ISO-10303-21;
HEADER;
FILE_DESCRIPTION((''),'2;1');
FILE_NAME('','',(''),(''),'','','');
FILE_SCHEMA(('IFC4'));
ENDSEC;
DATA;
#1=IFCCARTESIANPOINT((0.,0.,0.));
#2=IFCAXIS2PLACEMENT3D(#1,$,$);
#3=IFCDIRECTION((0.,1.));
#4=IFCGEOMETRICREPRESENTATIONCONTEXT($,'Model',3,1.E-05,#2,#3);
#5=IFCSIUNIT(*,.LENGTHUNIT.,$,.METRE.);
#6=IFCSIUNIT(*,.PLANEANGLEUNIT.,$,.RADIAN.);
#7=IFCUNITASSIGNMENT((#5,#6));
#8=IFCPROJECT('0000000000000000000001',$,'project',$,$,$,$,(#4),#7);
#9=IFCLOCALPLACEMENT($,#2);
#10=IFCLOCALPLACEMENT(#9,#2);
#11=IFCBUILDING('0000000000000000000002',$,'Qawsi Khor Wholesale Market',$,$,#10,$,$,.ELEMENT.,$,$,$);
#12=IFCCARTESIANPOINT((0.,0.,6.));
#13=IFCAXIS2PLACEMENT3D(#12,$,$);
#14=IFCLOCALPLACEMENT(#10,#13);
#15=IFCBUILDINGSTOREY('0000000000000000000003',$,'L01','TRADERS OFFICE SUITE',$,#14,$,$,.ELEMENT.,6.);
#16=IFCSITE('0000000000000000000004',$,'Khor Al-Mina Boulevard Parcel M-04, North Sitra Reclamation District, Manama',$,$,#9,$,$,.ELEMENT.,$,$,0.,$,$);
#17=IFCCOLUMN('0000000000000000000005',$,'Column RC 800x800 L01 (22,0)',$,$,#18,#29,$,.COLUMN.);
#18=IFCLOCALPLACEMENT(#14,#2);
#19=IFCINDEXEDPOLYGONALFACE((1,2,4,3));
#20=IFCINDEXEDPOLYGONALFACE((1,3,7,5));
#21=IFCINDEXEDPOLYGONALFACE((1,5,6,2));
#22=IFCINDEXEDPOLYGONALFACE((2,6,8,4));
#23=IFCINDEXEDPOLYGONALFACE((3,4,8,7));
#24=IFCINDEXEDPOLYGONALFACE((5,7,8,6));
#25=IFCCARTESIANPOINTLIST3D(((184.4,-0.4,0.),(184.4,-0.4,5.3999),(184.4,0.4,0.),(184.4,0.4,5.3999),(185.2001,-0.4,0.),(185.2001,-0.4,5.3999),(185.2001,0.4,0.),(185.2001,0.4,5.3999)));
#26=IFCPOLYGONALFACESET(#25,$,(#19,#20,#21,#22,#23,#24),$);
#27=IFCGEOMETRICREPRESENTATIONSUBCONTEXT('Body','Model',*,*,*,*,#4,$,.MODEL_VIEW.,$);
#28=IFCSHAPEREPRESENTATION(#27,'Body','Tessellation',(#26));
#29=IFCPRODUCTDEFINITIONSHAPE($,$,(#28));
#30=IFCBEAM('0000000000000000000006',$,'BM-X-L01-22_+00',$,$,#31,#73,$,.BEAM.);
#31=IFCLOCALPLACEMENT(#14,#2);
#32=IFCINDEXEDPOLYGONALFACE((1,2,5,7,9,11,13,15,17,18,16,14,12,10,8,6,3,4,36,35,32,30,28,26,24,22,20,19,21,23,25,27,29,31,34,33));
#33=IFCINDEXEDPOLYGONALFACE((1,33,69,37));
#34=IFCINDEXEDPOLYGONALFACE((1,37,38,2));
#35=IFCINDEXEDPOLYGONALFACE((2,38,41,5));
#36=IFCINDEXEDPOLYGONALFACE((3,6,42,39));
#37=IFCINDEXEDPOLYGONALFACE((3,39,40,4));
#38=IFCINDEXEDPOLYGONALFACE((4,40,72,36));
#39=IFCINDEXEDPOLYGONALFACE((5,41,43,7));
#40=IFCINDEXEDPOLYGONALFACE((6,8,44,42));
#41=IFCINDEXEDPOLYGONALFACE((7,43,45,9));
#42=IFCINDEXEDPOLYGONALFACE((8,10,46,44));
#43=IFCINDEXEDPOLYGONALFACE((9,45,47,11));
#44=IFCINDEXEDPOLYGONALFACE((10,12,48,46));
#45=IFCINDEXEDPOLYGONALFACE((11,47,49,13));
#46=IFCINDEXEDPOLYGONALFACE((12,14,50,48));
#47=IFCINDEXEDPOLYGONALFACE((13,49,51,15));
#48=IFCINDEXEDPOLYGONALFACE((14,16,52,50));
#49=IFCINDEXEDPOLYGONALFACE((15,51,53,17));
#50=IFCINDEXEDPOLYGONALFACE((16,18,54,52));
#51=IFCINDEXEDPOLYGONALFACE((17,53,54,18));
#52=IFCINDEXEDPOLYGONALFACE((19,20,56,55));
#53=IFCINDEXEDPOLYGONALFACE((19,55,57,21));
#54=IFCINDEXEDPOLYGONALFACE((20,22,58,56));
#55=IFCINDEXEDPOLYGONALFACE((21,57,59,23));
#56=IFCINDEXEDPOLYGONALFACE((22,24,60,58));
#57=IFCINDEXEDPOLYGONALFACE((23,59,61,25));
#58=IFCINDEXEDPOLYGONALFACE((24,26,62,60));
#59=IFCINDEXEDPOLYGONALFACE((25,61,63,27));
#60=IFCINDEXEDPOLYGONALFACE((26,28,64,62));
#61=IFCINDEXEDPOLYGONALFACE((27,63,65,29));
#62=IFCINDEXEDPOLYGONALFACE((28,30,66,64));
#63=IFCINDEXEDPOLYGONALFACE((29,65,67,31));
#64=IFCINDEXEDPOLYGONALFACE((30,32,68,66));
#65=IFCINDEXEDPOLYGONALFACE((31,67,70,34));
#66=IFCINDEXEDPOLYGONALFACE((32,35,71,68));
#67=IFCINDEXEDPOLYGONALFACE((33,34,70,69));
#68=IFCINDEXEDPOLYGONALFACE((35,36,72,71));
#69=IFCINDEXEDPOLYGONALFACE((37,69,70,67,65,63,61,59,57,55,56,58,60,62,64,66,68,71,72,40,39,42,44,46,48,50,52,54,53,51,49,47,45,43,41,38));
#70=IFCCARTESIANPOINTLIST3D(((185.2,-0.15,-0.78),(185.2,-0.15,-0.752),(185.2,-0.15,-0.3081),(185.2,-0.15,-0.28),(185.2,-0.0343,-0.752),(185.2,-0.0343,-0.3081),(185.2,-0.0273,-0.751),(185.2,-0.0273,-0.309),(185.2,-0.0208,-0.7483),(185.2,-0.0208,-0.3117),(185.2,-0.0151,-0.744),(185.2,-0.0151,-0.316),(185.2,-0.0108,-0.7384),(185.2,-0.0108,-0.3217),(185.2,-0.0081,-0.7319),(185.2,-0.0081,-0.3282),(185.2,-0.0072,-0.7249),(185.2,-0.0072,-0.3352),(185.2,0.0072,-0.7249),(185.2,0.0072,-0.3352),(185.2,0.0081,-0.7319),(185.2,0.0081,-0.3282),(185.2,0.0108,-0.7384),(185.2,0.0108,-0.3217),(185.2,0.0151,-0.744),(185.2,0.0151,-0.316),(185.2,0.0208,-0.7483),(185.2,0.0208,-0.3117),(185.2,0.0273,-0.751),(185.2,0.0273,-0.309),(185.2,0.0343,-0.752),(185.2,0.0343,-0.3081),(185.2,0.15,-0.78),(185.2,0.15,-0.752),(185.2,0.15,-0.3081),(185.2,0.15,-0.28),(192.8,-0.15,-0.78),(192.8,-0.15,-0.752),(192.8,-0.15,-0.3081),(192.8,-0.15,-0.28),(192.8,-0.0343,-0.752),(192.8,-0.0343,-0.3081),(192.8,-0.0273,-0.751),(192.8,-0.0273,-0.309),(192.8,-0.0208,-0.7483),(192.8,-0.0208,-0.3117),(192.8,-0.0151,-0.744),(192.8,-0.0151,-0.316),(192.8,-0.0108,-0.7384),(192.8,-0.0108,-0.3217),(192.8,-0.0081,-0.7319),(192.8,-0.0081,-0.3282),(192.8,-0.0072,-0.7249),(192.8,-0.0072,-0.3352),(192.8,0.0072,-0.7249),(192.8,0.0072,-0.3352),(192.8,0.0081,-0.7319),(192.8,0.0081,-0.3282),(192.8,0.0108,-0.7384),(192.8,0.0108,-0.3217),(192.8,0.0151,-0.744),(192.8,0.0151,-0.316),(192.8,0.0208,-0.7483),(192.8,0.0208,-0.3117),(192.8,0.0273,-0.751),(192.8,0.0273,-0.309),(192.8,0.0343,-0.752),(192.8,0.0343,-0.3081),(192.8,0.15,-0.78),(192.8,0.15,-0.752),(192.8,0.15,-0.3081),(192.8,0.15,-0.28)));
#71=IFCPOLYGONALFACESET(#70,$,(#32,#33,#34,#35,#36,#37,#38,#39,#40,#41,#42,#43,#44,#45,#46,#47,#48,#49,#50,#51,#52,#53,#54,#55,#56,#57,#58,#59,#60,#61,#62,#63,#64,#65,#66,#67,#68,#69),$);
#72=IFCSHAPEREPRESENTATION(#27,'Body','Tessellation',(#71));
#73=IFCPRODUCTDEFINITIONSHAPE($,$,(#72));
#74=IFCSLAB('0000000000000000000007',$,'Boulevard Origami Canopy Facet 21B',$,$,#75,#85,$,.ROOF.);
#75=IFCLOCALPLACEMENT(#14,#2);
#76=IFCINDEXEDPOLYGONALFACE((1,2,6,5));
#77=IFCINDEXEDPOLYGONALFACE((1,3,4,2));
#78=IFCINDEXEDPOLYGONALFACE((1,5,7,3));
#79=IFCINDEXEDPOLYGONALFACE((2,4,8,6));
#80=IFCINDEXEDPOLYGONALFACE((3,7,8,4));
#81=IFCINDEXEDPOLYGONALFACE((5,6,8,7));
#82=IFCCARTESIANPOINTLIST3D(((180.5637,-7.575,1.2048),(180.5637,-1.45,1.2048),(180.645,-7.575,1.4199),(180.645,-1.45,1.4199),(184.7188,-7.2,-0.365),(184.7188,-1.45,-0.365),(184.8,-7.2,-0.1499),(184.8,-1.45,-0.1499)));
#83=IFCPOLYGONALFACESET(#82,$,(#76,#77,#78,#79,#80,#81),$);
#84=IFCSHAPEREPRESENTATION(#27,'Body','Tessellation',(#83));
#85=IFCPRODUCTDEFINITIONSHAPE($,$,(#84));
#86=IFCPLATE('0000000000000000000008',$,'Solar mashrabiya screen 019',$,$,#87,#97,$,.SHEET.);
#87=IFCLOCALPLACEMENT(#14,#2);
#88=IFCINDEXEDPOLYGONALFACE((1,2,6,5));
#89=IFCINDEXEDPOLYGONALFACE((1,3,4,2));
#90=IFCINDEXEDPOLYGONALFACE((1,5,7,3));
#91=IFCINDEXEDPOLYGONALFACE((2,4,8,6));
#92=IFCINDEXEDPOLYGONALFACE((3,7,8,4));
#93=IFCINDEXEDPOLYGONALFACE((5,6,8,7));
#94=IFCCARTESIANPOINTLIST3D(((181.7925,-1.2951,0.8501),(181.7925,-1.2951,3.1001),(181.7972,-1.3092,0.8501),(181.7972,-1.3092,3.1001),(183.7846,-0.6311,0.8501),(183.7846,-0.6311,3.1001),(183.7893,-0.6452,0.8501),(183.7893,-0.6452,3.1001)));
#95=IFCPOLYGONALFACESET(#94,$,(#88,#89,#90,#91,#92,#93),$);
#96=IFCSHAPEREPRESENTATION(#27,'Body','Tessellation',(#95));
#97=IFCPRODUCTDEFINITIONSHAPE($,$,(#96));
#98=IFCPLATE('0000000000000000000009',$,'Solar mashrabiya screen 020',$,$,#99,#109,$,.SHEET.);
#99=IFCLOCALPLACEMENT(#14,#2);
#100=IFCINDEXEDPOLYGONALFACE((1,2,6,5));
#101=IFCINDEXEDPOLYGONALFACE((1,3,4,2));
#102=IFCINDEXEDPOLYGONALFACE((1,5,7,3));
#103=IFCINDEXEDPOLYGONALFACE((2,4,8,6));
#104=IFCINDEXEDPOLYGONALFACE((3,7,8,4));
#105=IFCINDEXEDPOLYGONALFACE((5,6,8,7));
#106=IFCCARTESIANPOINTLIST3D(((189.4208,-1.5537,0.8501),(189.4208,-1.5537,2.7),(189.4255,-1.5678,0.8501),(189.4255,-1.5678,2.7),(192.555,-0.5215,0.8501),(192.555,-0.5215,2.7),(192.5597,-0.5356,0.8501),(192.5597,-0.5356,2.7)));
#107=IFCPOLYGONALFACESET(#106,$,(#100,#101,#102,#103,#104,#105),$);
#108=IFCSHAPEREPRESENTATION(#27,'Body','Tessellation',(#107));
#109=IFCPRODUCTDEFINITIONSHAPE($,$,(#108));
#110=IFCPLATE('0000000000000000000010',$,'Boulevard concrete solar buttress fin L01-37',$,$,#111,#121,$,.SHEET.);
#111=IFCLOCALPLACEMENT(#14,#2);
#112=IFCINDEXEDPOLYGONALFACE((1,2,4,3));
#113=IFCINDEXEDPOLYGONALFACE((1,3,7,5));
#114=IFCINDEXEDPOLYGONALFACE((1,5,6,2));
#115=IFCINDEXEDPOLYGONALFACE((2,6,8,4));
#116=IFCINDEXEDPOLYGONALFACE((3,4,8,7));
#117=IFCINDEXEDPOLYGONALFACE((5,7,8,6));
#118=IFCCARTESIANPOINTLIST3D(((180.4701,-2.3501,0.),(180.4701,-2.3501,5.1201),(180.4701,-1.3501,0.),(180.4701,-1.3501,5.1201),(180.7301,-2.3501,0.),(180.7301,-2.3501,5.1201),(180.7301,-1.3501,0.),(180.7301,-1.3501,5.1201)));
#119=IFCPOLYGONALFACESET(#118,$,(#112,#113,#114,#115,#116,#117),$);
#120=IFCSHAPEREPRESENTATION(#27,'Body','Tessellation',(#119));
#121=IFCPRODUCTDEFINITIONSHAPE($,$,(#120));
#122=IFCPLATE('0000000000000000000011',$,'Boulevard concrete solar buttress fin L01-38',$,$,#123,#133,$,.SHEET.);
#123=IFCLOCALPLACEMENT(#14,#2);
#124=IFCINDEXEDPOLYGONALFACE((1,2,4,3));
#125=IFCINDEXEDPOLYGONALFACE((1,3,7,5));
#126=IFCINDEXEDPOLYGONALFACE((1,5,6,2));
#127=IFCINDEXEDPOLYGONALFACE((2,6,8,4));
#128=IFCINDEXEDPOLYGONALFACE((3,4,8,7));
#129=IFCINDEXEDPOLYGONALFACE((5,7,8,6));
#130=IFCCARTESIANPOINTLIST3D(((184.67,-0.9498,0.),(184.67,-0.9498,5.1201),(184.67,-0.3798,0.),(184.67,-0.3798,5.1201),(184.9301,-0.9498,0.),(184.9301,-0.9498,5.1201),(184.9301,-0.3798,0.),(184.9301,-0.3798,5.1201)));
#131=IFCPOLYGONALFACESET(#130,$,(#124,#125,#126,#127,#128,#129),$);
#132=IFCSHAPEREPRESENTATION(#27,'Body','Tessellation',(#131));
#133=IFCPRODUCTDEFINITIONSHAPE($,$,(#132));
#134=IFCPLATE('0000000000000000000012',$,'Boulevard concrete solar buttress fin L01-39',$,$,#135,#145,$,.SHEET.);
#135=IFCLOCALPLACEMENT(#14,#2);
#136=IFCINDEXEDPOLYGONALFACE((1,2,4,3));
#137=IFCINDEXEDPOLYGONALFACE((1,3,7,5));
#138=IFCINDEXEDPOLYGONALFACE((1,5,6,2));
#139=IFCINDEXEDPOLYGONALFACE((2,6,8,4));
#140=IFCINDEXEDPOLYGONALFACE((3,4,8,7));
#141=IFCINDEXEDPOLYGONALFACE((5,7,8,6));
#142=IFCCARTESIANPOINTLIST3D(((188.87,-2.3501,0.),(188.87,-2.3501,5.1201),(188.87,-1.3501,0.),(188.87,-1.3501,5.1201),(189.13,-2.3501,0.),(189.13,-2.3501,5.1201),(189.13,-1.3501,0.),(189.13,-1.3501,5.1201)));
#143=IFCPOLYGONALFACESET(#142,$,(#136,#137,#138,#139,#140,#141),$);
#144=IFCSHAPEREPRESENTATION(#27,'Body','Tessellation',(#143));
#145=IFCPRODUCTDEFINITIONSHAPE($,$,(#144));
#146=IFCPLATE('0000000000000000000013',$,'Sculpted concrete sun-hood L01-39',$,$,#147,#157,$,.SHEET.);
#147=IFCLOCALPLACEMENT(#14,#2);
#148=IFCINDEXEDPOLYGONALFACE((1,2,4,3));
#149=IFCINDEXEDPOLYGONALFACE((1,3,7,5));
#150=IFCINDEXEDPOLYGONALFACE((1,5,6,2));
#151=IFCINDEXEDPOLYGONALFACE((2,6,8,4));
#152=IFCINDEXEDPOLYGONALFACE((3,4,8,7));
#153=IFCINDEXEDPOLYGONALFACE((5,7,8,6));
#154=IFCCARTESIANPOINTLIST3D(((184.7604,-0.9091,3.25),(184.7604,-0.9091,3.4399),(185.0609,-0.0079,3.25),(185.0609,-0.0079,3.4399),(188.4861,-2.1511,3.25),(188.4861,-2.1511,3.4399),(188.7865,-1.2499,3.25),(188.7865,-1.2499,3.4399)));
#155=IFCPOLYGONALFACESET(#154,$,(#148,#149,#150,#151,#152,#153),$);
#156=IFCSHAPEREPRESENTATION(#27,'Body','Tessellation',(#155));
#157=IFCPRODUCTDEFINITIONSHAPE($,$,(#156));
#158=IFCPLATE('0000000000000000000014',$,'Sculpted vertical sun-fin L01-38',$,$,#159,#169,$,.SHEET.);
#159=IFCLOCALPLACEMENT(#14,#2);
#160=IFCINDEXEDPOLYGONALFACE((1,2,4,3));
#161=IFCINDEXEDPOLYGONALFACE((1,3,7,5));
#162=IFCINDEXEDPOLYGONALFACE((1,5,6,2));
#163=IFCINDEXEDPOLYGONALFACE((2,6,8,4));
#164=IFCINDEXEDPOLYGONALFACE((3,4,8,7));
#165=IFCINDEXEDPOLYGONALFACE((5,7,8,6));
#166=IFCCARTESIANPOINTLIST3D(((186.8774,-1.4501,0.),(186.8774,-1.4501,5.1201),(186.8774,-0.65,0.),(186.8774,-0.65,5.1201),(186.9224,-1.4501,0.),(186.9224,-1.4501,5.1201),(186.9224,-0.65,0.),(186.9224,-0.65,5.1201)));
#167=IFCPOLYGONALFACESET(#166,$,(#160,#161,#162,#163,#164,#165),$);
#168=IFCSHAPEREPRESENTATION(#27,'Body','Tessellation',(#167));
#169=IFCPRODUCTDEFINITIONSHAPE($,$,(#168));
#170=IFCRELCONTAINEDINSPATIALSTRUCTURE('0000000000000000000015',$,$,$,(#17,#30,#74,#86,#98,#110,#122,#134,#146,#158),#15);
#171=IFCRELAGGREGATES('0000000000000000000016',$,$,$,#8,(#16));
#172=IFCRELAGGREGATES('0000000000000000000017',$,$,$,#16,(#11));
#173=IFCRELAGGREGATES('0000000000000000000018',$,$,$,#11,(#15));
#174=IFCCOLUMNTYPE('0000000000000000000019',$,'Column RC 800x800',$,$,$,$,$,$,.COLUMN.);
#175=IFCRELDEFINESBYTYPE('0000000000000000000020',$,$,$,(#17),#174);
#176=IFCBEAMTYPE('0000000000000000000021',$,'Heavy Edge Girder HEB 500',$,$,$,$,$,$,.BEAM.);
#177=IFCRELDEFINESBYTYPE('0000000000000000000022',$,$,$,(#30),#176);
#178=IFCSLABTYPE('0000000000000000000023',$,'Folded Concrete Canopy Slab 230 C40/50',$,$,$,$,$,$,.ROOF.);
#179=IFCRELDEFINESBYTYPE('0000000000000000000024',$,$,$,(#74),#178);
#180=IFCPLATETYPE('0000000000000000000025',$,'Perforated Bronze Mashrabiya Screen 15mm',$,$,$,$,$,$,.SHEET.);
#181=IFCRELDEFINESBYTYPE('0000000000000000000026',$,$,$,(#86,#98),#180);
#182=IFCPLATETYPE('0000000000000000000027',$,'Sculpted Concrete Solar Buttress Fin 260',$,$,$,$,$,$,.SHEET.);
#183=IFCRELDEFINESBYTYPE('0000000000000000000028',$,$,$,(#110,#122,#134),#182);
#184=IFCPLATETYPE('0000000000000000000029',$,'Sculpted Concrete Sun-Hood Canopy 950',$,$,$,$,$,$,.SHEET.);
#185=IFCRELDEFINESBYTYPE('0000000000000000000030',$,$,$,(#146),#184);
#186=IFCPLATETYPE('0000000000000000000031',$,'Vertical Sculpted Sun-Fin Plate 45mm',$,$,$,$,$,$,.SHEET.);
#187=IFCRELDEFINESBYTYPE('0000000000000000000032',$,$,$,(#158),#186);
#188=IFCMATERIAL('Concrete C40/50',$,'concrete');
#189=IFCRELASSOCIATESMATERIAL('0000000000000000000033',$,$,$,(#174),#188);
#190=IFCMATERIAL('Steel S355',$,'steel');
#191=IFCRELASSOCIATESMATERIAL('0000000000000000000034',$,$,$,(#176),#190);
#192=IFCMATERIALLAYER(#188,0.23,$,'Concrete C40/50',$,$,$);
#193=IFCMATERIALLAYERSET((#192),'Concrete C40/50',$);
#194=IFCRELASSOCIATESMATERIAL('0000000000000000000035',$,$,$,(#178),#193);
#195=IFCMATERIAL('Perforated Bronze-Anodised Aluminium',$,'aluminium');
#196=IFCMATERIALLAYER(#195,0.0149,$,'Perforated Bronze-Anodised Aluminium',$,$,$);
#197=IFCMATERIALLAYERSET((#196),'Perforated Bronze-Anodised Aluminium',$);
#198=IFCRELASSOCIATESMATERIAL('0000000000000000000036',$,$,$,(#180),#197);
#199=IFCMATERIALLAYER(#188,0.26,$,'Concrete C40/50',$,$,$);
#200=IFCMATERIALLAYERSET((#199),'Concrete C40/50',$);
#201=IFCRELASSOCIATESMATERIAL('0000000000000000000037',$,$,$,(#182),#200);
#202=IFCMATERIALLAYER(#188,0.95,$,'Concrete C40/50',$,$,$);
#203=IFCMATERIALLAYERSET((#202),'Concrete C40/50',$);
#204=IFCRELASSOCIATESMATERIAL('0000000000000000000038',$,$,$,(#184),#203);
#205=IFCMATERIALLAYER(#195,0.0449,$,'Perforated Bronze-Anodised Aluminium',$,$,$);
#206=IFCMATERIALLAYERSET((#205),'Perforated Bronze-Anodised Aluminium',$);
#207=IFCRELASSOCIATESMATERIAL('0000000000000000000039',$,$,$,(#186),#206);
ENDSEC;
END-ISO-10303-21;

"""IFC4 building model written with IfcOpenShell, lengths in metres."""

from ifc_helpers import new_model, si_unit, direction, frame, frame_2d, origin, origin_2d, place, context, subcontext, project, spatial, polyline, rectangle, i_section, outline, extrude, material, layer, layer_set, material_profile, profile_set, type_object, element, save


model = new_model("IFC4")

# Units and contexts
model_context = context("Model", 3, precision=1e-05, world=origin(), true_north=direction((0.0, 1.0)))
body_context = subcontext(model_context, "Body", "Model", "MODEL_VIEW")
ifc_project = project(units=[si_unit("LENGTHUNIT", "METRE"), si_unit("PLANEANGLEUNIT", "RADIAN")], contexts=[model_context])

# Site, building, storey
site_placement = place(None, origin())
site = spatial("IfcSite", under=ifc_project, at=site_placement, Name="Khor Al-Mina Boulevard Parcel M-04, North Sitra Reclamation District, Manama", CompositionType="ELEMENT", RefElevation=0.0)
building_placement = place(site_placement, origin())
building = spatial("IfcBuilding", under=site, at=building_placement, Name="Qawsi Khor Wholesale Market", CompositionType="ELEMENT")
storey_placement = place(building_placement, frame((0.0, 0.0, 6.0)))
storey = spatial("IfcBuildingStorey", under=building, at=storey_placement, Name="L01", Description="TRADERS OFFICE SUITE", CompositionType="ELEMENT", Elevation=6.0)

# Column
ifc_material_1 = material(Name="Concrete C40/50", Category="concrete")
ifc_material_profile_1 = material_profile(ifc_material_1, rectangle(XDim=0.8, YDim=0.8, at=origin_2d()), Name="RC 800x800")
ifc_profile_set_1 = profile_set([ifc_material_profile_1], Name="Concrete C40/50")
column_type = type_object("IfcColumnType", Name="Column RC 800x800", PredefinedType="COLUMN", material=ifc_profile_set_1)
column_placement = place(storey_placement, frame((184.8, 0.0, 0.0), z_axis=(0.0, 0.0, 1.0), x_axis=(1.0, 0.0, 0.0)))
element("IfcColumn", 1, at=column_placement, inside=storey, type_object=column_type, Name="Column RC 800x800 L01 (22,0)", PredefinedType="COLUMN", context=body_context, shape_type="SweptSolid", body=[
    extrude(rectangle(XDim=0.8, YDim=0.8, at=origin_2d()), origin(), (0.0, 0.0, 1.0), 5.3999),
])

# Beam
ifc_material_2 = material(Name="Steel S355", Category="steel")
ifc_material_profile_2 = material_profile(ifc_material_2, i_section(OverallWidth=0.3, OverallDepth=0.5, WebThickness=0.0144, FlangeThickness=0.0281, FilletRadius=0.0271, at=origin_2d()), Name="HEB 500")
ifc_profile_set_2 = profile_set([ifc_material_profile_2], Name="Steel S355")
beam_type = type_object("IfcBeamType", Name="Heavy Edge Girder HEB 500", PredefinedType="BEAM", material=ifc_profile_set_2)
beam_placement = place(storey_placement, frame((185.2, 0.0, -0.53), z_axis=(1.0, 0.0, 0.0), x_axis=(0.0, 1.0, 0.0)))
element("IfcBeam", 2, at=beam_placement, inside=storey, type_object=beam_type, Name="BM-X-L01-22_+00", PredefinedType="BEAM", context=body_context, shape_type="SweptSolid", body=[
    extrude(i_section(OverallWidth=0.3, OverallDepth=0.5, WebThickness=0.0144, FlangeThickness=0.0281, FilletRadius=0.0271, at=origin_2d()), origin(), (0.0, 0.0, 1.0), 7.6001),
])

# Slab
ifc_layer_1 = layer(ifc_material_1, 0.23, Name="Concrete C40/50")
ifc_layer_set_1 = layer_set([ifc_layer_1], Name="Concrete C40/50")
slab_type = type_object("IfcSlabType", Name="Folded Concrete Canopy Slab 230 C40/50", PredefinedType="ROOF", material=ifc_layer_set_1)
slab_placement = place(storey_placement, frame((180.645, -7.575, 1.4199), z_axis=(0.353429, 0.0, 0.935461), x_axis=(0.932145, 0.084128, -0.352177)))
element("IfcSlab", 3, at=slab_placement, inside=storey, type_object=slab_type, Name="Boulevard Origami Canopy Facet 21B", PredefinedType="ROOF", context=body_context, shape_type="SweptSolid", body=[
    extrude(outline(polyline([(0.0, 0.0), (4.4575, 0.0), (4.9412, 5.7296), (0.5153, 6.1033), (0.0, 0.0)])), origin(), (0.0, 0.0, -1.0), 0.23),
])

# Plates
ifc_material_3 = material(Name="Perforated Bronze-Anodised Aluminium", Category="aluminium")
ifc_layer_2 = layer(ifc_material_3, 0.0149, Name="Perforated Bronze-Anodised Aluminium")
ifc_layer_set_2 = layer_set([ifc_layer_2], Name="Perforated Bronze-Anodised Aluminium")
plate_type_1 = type_object("IfcPlateType", Name="Perforated Bronze Mashrabiya Screen 15mm", PredefinedType="SHEET", material=ifc_layer_set_2)
plate_1_placement = place(storey_placement, frame((183.7869, -0.6382, 0.8501), z_axis=(0.0, 0.0, 1.0), x_axis=(-0.948683, -0.316228, 0.0)))
element("IfcPlate", 4, at=plate_1_placement, inside=storey, type_object=plate_type_1, Name="Solar mashrabiya screen 019", PredefinedType="SHEET", context=body_context, shape_type="SweptSolid", body=[
    extrude(rectangle(XDim=2.0999, YDim=0.0149, at=frame_2d((1.0498, 0.0))), origin(), (0.0, 0.0, 1.0), 2.25),
])
plate_2_placement = place(storey_placement, frame((192.5574, -0.5286, 0.8501), z_axis=(0.0, 0.0, 1.0), x_axis=(-0.949817, -0.312808, 0.0)))
element("IfcPlate", 5, at=plate_2_placement, inside=storey, type_object=plate_type_1, Name="Solar mashrabiya screen 020", PredefinedType="SHEET", context=body_context, shape_type="SweptSolid", body=[
    extrude(rectangle(XDim=3.2998, YDim=0.0149, at=frame_2d((1.6499, 0.0))), origin(), (0.0, 0.0, 1.0), 1.8499),
])
ifc_layer_3 = layer(ifc_material_1, 0.26, Name="Concrete C40/50")
ifc_layer_set_3 = layer_set([ifc_layer_3], Name="Concrete C40/50")
plate_type_2 = type_object("IfcPlateType", Name="Sculpted Concrete Solar Buttress Fin 260", PredefinedType="SHEET", material=ifc_layer_set_3)
plate_3_placement = place(storey_placement, frame((180.6001, -2.3501, 0.0), z_axis=(0.0, 0.0, 1.0), x_axis=(0.0, 1.0, 0.0)))
element("IfcPlate", 6, at=plate_3_placement, inside=storey, type_object=plate_type_2, Name="Boulevard concrete solar buttress fin L01-37", PredefinedType="SHEET", context=body_context, shape_type="SweptSolid", body=[
    extrude(rectangle(XDim=1.0, YDim=0.26, at=frame_2d((0.5, 0.0))), origin(), (0.0, 0.0, 1.0), 5.1201),
])
plate_4_placement = place(storey_placement, frame((184.8, -0.95, 0.0), z_axis=(0.0, 0.0, 1.0), x_axis=(0.0, 1.0, 0.0)))
element("IfcPlate", 7, at=plate_4_placement, inside=storey, type_object=plate_type_2, Name="Boulevard concrete solar buttress fin L01-38", PredefinedType="SHEET", context=body_context, shape_type="SweptSolid", body=[
    extrude(rectangle(XDim=0.5701, YDim=0.26, at=frame_2d((0.2852, 0.0))), origin(), (0.0, 0.0, 1.0), 5.1201),
])
plate_5_placement = place(storey_placement, frame((189.0, -2.3501, 0.0), z_axis=(0.0, 0.0, 1.0), x_axis=(0.0, 1.0, 0.0)))
element("IfcPlate", 8, at=plate_5_placement, inside=storey, type_object=plate_type_2, Name="Boulevard concrete solar buttress fin L01-39", PredefinedType="SHEET", context=body_context, shape_type="SweptSolid", body=[
    extrude(rectangle(XDim=1.0, YDim=0.26, at=frame_2d((0.5, 0.0))), origin(), (0.0, 0.0, 1.0), 5.1201),
])
ifc_layer_4 = layer(ifc_material_1, 0.95, Name="Concrete C40/50")
ifc_layer_set_4 = layer_set([ifc_layer_4], Name="Concrete C40/50")
plate_type_3 = type_object("IfcPlateType", Name="Sculpted Concrete Sun-Hood Canopy 950", PredefinedType="SHEET", material=ifc_layer_set_4)
plate_6_placement = place(storey_placement, frame((184.9106, -0.4585, 3.25), z_axis=(0.0, 0.0, 1.0), x_axis=(0.948677, -0.316246, 0.0)))
element("IfcPlate", 9, at=plate_6_placement, inside=storey, type_object=plate_type_3, Name="Sculpted concrete sun-hood L01-39", PredefinedType="SHEET", context=body_context, shape_type="SweptSolid", body=[
    extrude(rectangle(XDim=3.9272, YDim=0.95, at=frame_2d((1.9636, 0.0))), origin(), (0.0, 0.0, 1.0), 0.1899),
])
ifc_layer_5 = layer(ifc_material_3, 0.0449, Name="Perforated Bronze-Anodised Aluminium")
ifc_layer_set_5 = layer_set([ifc_layer_5], Name="Perforated Bronze-Anodised Aluminium")
plate_type_4 = type_object("IfcPlateType", Name="Vertical Sculpted Sun-Fin Plate 45mm", PredefinedType="SHEET", material=ifc_layer_set_5)
plate_7_placement = place(storey_placement, frame((186.8999, -1.45, 0.0), z_axis=(0.0, 0.0, 1.0), x_axis=(0.0, 1.0, 0.0)))
element("IfcPlate", 10, at=plate_7_placement, inside=storey, type_object=plate_type_4, Name="Sculpted vertical sun-fin L01-38", PredefinedType="SHEET", context=body_context, shape_type="SweptSolid", body=[
    extrude(rectangle(XDim=0.8, YDim=0.0449, at=frame_2d((0.3999, 0.0))), origin(), (0.0, 0.0, 1.0), 5.1201),
])

save(model, "model.ifc")
